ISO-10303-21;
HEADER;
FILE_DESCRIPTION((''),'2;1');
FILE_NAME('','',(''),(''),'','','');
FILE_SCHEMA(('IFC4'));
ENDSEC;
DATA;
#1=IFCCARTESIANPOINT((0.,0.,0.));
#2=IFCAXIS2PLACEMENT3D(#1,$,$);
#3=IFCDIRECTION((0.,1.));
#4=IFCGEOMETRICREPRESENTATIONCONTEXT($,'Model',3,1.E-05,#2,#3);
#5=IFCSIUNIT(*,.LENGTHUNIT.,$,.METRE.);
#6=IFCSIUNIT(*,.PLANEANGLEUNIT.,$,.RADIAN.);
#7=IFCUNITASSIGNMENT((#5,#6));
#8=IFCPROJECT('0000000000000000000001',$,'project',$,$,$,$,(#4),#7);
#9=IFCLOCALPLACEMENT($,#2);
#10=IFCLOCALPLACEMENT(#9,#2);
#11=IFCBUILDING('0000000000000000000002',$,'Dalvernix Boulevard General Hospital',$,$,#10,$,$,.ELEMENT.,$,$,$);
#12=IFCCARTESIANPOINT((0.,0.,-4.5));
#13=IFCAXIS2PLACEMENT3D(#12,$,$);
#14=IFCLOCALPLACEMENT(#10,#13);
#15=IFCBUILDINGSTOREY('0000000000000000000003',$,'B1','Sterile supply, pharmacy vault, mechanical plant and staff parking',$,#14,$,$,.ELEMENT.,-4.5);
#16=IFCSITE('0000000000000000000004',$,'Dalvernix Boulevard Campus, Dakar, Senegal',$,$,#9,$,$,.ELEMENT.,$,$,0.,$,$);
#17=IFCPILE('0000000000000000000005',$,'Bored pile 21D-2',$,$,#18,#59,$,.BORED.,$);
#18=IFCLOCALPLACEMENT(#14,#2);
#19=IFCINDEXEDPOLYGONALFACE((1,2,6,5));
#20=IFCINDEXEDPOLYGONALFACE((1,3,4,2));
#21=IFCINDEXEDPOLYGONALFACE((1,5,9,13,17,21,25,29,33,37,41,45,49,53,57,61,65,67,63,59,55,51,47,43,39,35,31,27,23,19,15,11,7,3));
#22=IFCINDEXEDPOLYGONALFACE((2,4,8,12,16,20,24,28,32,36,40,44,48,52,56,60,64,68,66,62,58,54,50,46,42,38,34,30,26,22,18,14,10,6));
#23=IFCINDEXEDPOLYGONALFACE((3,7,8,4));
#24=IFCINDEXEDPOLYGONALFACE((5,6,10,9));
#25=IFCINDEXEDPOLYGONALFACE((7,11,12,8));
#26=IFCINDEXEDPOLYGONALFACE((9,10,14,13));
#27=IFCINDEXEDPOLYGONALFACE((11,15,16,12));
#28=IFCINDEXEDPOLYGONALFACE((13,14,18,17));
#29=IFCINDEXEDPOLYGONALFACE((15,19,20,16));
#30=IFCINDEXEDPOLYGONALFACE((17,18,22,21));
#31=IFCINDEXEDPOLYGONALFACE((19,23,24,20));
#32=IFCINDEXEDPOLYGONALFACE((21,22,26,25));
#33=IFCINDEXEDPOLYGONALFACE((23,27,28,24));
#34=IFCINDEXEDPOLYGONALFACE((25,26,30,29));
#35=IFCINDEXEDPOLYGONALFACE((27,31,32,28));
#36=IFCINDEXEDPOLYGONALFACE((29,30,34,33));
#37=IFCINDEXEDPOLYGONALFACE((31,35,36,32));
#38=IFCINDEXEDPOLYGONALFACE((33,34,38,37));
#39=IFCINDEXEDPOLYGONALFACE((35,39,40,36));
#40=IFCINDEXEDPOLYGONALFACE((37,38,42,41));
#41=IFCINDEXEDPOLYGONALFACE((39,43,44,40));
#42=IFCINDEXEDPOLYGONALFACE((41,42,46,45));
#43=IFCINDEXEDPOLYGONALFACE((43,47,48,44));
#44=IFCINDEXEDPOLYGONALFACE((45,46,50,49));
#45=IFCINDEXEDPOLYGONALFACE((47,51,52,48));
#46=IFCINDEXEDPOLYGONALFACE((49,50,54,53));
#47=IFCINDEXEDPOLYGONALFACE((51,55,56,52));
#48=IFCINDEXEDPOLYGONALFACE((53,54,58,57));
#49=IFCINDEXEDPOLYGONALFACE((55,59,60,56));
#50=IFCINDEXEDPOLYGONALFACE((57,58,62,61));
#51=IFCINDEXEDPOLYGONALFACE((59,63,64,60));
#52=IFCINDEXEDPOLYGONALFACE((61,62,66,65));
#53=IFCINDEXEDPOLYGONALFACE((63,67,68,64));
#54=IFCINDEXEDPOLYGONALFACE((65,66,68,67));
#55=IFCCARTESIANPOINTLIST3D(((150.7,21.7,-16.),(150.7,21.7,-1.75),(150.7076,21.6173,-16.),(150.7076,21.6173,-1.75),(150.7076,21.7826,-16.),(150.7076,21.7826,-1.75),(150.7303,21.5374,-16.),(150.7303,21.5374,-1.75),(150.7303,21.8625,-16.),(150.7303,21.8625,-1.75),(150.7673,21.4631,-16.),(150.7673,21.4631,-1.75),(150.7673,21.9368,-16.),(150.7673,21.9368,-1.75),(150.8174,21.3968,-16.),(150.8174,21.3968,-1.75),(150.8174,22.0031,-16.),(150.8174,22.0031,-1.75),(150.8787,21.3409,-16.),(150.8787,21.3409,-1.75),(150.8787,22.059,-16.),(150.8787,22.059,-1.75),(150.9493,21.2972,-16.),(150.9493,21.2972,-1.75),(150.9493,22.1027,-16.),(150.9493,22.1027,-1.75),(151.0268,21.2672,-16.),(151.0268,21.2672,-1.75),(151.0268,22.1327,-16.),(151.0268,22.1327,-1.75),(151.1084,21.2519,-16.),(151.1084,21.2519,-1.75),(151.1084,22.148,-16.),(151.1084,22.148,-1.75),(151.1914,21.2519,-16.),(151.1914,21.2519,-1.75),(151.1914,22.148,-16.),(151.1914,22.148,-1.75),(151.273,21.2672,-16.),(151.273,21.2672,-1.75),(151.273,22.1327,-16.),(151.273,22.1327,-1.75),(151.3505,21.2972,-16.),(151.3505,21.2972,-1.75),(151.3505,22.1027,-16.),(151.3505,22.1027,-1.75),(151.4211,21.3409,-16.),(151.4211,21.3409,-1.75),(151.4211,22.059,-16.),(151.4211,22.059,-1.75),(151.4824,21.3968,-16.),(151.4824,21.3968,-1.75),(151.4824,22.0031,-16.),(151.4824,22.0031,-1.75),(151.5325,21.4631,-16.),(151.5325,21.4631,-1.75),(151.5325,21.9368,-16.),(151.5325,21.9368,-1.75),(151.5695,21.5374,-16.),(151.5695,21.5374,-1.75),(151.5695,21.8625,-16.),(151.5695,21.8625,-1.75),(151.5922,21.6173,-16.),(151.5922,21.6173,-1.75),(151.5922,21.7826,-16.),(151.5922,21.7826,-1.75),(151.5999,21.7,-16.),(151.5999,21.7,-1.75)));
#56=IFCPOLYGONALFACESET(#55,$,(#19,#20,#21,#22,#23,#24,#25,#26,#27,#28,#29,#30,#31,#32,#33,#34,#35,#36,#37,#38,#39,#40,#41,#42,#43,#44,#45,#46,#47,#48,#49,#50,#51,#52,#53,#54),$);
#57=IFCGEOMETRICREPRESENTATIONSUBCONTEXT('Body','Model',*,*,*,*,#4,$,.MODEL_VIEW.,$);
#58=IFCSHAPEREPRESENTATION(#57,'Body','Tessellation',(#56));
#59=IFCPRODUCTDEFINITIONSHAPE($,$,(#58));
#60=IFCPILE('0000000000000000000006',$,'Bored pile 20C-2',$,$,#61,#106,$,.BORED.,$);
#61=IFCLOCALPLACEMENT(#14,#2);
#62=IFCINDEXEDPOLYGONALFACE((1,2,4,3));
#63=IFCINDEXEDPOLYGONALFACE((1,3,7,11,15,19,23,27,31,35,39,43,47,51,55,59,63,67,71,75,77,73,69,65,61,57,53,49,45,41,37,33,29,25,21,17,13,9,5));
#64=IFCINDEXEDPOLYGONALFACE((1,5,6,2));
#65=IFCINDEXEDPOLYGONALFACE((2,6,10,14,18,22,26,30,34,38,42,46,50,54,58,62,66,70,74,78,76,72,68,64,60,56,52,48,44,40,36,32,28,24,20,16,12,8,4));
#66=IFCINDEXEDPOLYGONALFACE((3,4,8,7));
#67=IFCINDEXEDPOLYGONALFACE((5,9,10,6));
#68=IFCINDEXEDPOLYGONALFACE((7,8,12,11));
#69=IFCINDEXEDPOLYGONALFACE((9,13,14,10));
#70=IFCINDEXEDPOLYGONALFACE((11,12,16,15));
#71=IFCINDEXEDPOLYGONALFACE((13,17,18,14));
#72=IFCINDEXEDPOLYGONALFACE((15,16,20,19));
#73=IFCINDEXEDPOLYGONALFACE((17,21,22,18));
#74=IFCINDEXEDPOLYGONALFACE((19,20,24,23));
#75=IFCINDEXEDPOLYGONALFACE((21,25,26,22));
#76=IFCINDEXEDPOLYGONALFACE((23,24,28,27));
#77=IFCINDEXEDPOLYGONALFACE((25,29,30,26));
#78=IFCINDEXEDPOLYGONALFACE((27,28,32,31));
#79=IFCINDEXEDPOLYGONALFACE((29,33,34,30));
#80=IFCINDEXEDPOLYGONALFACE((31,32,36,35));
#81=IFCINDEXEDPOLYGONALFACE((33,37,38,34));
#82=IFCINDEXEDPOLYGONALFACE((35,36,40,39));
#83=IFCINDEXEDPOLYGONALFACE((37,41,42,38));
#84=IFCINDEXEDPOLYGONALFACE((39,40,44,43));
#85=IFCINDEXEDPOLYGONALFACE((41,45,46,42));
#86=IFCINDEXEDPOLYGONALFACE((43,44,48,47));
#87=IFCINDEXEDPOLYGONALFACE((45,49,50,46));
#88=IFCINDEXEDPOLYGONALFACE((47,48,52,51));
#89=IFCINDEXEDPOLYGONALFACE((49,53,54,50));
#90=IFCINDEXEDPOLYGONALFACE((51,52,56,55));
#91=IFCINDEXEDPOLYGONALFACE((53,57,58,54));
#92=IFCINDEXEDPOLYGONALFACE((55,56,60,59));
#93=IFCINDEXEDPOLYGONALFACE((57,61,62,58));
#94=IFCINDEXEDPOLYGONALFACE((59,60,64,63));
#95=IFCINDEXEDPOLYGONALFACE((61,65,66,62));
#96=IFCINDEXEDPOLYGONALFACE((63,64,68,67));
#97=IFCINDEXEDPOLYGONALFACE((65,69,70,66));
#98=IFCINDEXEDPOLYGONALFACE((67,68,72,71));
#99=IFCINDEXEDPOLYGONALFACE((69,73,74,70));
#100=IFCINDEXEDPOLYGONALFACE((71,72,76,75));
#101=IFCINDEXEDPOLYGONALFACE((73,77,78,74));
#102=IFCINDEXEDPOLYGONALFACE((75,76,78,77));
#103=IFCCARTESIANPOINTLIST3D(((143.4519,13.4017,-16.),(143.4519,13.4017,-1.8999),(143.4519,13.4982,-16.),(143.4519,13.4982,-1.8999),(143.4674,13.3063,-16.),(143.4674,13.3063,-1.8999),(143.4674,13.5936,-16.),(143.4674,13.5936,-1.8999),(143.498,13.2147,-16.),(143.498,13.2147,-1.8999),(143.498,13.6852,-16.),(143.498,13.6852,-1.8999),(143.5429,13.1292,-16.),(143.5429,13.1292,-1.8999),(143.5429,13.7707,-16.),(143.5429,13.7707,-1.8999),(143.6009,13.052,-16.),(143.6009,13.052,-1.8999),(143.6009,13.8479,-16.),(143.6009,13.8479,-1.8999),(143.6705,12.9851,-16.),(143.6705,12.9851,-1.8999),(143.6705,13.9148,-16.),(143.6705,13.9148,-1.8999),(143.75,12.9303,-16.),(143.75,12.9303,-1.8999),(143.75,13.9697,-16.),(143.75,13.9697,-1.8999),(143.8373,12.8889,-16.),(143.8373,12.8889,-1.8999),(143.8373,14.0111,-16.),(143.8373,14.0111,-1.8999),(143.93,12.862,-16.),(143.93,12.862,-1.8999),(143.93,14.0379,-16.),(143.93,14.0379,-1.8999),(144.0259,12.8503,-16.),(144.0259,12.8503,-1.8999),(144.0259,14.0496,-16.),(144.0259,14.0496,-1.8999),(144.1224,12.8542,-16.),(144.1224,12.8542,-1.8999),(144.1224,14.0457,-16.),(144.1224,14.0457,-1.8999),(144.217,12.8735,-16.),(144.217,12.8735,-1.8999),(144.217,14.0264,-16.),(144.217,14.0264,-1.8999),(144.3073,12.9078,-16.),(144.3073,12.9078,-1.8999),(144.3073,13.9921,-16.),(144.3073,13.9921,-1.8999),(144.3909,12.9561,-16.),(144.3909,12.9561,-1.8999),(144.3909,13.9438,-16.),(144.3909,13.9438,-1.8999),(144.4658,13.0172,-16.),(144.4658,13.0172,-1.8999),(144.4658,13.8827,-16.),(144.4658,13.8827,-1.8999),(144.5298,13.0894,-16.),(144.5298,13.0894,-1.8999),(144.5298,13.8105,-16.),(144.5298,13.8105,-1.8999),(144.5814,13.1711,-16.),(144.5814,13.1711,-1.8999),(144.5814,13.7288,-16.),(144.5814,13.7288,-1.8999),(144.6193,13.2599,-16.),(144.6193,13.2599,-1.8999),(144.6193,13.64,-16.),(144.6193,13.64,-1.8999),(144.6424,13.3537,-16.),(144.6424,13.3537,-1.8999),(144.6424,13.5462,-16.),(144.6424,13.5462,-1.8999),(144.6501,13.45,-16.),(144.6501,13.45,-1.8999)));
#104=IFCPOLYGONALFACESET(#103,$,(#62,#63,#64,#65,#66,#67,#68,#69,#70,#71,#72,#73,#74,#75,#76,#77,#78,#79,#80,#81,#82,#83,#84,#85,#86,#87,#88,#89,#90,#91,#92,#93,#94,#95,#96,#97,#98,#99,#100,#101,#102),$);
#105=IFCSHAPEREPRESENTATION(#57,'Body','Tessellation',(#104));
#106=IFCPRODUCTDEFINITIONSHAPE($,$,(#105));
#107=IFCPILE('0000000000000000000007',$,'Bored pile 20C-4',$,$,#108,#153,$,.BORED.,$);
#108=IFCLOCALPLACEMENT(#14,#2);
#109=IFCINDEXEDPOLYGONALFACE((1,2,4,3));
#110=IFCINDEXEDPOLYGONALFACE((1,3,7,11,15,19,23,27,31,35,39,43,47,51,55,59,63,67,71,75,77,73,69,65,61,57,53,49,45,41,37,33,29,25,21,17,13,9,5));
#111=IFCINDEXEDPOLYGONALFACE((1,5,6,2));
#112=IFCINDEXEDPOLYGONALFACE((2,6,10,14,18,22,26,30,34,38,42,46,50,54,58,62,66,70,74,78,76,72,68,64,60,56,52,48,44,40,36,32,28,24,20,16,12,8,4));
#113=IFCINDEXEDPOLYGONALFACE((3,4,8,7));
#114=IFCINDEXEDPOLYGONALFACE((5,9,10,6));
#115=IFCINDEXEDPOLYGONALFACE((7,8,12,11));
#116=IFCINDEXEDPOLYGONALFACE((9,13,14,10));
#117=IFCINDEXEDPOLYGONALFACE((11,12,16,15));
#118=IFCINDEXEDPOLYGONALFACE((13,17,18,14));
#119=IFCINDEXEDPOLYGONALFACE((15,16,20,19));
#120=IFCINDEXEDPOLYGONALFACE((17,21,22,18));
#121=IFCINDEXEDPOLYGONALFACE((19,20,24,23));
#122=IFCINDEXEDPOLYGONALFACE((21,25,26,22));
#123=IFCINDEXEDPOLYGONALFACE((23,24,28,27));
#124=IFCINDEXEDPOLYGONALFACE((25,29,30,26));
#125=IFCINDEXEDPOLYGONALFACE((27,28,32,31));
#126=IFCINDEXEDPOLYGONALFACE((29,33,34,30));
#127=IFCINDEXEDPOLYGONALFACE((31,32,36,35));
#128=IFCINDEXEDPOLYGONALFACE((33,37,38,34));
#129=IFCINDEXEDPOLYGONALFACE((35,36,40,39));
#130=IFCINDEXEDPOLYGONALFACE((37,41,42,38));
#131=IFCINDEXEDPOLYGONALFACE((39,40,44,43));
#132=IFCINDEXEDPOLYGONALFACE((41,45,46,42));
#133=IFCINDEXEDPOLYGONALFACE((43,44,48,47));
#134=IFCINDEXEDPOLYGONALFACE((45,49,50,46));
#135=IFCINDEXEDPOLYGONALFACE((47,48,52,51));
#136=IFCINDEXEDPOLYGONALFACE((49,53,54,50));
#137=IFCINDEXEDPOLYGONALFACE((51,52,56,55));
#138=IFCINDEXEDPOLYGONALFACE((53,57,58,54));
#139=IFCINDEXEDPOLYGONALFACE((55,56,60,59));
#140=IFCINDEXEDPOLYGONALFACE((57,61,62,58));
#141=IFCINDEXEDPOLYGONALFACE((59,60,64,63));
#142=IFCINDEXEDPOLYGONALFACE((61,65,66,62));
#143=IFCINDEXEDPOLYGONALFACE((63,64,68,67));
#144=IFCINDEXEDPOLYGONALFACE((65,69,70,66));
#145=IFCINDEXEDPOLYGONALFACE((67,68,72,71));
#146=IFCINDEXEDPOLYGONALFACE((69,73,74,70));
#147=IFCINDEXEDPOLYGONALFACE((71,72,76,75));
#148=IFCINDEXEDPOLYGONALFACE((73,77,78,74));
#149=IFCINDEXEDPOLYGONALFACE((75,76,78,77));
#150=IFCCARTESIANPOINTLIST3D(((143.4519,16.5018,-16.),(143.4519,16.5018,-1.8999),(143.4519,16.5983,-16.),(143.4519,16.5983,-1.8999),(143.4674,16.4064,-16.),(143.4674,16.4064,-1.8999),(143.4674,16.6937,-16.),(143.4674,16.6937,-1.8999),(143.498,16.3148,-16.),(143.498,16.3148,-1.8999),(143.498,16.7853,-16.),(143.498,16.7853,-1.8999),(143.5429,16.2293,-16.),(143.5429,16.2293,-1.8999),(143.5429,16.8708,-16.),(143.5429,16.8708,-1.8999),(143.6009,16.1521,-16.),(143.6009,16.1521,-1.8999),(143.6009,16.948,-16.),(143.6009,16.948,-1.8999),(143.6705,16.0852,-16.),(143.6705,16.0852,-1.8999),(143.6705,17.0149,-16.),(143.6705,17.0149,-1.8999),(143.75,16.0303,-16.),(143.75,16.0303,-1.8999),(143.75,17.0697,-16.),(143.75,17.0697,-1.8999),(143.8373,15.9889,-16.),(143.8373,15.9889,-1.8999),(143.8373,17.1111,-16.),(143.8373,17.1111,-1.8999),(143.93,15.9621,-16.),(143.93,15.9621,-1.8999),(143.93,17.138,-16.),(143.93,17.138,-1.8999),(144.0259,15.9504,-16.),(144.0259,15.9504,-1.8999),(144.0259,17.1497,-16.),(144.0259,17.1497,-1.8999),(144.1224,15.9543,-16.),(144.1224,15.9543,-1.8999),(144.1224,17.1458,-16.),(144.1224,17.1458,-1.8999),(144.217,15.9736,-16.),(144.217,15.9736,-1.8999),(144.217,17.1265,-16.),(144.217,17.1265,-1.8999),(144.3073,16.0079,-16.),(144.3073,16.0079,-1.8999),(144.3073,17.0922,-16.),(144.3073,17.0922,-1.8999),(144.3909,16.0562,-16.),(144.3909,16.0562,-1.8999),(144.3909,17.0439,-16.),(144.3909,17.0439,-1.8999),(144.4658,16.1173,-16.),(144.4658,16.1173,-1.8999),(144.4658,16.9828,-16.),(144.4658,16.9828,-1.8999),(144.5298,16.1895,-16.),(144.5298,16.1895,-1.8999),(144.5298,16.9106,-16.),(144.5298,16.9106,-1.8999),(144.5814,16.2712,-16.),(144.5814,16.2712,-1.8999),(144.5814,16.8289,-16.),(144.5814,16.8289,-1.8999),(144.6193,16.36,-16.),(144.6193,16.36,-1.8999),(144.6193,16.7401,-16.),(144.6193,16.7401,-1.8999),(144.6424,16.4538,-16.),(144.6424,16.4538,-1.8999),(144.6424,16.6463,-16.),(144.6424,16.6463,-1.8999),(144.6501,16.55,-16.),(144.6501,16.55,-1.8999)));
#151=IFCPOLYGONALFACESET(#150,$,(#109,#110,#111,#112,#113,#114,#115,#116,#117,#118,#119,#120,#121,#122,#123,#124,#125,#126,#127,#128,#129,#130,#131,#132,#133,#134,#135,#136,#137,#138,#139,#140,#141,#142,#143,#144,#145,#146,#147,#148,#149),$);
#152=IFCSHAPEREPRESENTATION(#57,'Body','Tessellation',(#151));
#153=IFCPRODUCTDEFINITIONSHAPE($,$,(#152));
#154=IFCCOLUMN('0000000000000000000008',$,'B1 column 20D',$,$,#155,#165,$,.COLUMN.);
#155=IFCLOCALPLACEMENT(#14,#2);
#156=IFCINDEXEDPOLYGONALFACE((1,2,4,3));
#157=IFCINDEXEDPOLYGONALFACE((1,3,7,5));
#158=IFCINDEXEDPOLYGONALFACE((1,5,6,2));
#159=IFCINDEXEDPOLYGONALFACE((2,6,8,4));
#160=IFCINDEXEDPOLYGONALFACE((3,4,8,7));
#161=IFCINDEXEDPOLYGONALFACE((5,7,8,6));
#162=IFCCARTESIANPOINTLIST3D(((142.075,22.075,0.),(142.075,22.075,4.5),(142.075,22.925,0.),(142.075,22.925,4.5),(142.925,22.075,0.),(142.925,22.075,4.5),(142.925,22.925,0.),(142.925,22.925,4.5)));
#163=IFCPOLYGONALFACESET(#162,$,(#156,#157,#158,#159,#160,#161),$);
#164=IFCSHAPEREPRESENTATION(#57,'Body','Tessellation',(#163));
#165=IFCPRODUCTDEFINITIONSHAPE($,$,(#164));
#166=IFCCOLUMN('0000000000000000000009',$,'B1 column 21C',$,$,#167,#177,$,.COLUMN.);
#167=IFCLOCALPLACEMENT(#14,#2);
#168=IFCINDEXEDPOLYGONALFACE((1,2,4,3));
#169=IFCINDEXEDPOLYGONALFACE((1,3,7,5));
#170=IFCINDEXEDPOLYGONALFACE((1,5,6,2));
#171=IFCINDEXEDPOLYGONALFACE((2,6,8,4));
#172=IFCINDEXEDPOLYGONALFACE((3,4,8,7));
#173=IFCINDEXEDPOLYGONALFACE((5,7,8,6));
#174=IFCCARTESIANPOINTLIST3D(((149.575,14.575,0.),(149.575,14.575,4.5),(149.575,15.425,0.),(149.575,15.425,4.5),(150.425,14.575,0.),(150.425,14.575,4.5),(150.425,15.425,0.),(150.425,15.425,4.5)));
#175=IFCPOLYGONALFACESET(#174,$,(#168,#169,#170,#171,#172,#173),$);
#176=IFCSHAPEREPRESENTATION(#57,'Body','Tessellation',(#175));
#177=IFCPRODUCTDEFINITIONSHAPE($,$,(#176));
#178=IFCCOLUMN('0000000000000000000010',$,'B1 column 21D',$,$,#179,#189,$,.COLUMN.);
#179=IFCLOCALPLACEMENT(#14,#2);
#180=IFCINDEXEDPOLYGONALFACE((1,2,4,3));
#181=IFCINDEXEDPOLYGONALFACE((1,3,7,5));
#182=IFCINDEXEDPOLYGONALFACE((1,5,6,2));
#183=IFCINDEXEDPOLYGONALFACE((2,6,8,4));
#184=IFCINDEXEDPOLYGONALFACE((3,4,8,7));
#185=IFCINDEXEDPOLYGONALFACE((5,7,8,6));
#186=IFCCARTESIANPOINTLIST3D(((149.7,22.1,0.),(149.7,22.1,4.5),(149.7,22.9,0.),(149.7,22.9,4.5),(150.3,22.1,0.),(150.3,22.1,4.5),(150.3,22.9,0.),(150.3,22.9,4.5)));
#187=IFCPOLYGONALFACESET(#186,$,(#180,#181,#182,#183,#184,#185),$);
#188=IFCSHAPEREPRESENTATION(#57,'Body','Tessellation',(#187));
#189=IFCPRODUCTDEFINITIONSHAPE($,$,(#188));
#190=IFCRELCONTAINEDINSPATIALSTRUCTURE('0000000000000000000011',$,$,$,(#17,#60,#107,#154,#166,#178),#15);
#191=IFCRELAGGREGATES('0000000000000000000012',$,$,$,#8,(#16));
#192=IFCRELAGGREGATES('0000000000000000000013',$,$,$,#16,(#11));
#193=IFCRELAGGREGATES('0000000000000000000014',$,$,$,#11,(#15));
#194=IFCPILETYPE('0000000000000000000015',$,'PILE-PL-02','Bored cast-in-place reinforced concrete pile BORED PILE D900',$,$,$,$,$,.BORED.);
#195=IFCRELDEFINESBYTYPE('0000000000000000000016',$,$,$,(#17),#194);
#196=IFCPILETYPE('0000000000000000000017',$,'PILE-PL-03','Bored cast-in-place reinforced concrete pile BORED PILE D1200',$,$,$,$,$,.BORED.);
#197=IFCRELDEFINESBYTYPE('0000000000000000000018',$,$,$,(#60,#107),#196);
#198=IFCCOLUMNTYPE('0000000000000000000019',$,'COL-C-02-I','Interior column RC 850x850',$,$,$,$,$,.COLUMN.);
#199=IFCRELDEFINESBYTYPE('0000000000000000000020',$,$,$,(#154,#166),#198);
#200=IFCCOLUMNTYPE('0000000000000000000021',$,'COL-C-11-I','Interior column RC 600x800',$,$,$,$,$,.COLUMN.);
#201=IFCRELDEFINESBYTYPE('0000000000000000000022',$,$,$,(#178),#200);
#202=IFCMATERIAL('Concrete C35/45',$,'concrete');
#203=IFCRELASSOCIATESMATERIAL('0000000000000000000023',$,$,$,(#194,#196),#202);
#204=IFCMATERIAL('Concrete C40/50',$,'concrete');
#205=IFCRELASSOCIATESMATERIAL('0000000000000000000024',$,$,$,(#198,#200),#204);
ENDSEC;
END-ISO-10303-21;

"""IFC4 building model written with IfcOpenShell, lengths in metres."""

from ifc_helpers import new_model, si_unit, direction, frame, origin, origin_2d, place, context, subcontext, project, spatial, rectangle, circle, extrude, material, material_profile, profile_set, type_object, element, save


model = new_model("IFC4")

# Units and contexts
model_context = context("Model", 3, precision=1e-05, world=origin(), true_north=direction((0.0, 1.0)))
body_context = subcontext(model_context, "Body", "Model", "MODEL_VIEW")
ifc_project = project(units=[si_unit("LENGTHUNIT", "METRE"), si_unit("PLANEANGLEUNIT", "RADIAN")], contexts=[model_context])

# Site, building, storey
site_placement = place(None, origin())
site = spatial("IfcSite", under=ifc_project, at=site_placement, Name="Dalvernix Boulevard Campus, Dakar, Senegal", CompositionType="ELEMENT", RefElevation=0.0)
building_placement = place(site_placement, origin())
building = spatial("IfcBuilding", under=site, at=building_placement, Name="Dalvernix Boulevard General Hospital", CompositionType="ELEMENT")
storey_placement = place(building_placement, frame((0.0, 0.0, -4.5)))
storey = spatial("IfcBuildingStorey", under=building, at=storey_placement, Name="B1", Description="Sterile supply, pharmacy vault, mechanical plant and staff parking", CompositionType="ELEMENT", Elevation=-4.5)

# Shared definitions
ifc_material_1 = material(Name="Concrete C35/45", Category="concrete")
ifc_material_2 = material(Name="Concrete C40/50", Category="concrete")

# Piles
ifc_material_profile_1 = material_profile(ifc_material_1, circle(Radius=0.45, at=origin_2d()), Name="BORED PILE D900")
ifc_profile_set_1 = profile_set([ifc_material_profile_1], Name="Concrete C35/45")
pile_type_1 = type_object("IfcPileType", Name="PILE-PL-02", Description="Bored cast-in-place reinforced concrete pile BORED PILE D900", PredefinedType="BORED", material=ifc_profile_set_1)
for number, where, z_axis, x_axis, name in (
    (1, (151.1499, 21.7, -1.75), (0.0, 0.0, -1.0), (1.0, 0.0, 0.0), "Bored pile 21D-2"),
):
    element("IfcPile", number, at=place(storey_placement, frame(where, z_axis=z_axis, x_axis=x_axis)), inside=storey, type_object=pile_type_1, Name=name, PredefinedType="BORED", context=body_context, shape_type="SweptSolid", body=[
        extrude(circle(Radius=0.45, at=origin_2d()), origin(), (0.0, 0.0, 1.0), 14.25),
    ])
ifc_material_profile_2 = material_profile(ifc_material_1, circle(Radius=0.6001, at=origin_2d()), Name="BORED PILE D1200")
ifc_profile_set_2 = profile_set([ifc_material_profile_2], Name="Concrete C35/45")
pile_type_2 = type_object("IfcPileType", Name="PILE-PL-03", Description="Bored cast-in-place reinforced concrete pile BORED PILE D1200", PredefinedType="BORED", material=ifc_profile_set_2)
for number, where, z_axis, x_axis, name in (
    (2, (144.05, 13.45, -1.8999), (0.0, 0.0, -1.0), (1.0, 0.0, 0.0), "Bored pile 20C-2"),
    (3, (144.05, 16.55, -1.8999), (0.0, 0.0, -1.0), (1.0, 0.0, 0.0), "Bored pile 20C-4"),
):
    element("IfcPile", number, at=place(storey_placement, frame(where, z_axis=z_axis, x_axis=x_axis)), inside=storey, type_object=pile_type_2, Name=name, PredefinedType="BORED", context=body_context, shape_type="SweptSolid", body=[
        extrude(circle(Radius=0.6001, at=origin_2d()), origin(), (0.0, 0.0, 1.0), 14.1001),
    ])

# Columns
ifc_material_profile_3 = material_profile(ifc_material_2, rectangle(XDim=0.8501, YDim=0.8501, at=origin_2d()), Name="RC 850x850")
ifc_profile_set_3 = profile_set([ifc_material_profile_3], Name="Concrete C40/50")
column_type_1 = type_object("IfcColumnType", Name="COL-C-02-I", Description="Interior column RC 850x850", PredefinedType="COLUMN", material=ifc_profile_set_3)
for number, where, z_axis, x_axis, name in (
    (4, (142.5, 22.5, 0.0), (0.0, 0.0, 1.0), (1.0, 0.0, 0.0), "B1 column 20D"),
    (5, (150.0, 15.0, 0.0), (0.0, 0.0, 1.0), (1.0, 0.0, 0.0), "B1 column 21C"),
):
    element("IfcColumn", number, at=place(storey_placement, frame(where, z_axis=z_axis, x_axis=x_axis)), inside=storey, type_object=column_type_1, Name=name, PredefinedType="COLUMN", context=body_context, shape_type="SweptSolid", body=[
        extrude(rectangle(XDim=0.8501, YDim=0.8501, at=origin_2d()), origin(), (0.0, 0.0, 1.0), 4.5),
    ])
ifc_material_profile_4 = material_profile(ifc_material_2, rectangle(XDim=0.6001, YDim=0.8, at=origin_2d()), Name="RC 600x800")
ifc_profile_set_4 = profile_set([ifc_material_profile_4], Name="Concrete C40/50")
column_type_2 = type_object("IfcColumnType", Name="COL-C-11-I", Description="Interior column RC 600x800", PredefinedType="COLUMN", material=ifc_profile_set_4)
column_placement = place(storey_placement, frame((150.0, 22.5, 0.0), z_axis=(0.0, 0.0, 1.0), x_axis=(1.0, 0.0, 0.0)))
element("IfcColumn", 6, at=column_placement, inside=storey, type_object=column_type_2, Name="B1 column 21D", PredefinedType="COLUMN", context=body_context, shape_type="SweptSolid", body=[
    extrude(rectangle(XDim=0.6001, YDim=0.8, at=origin_2d()), origin(), (0.0, 0.0, 1.0), 4.5),
])

save(model, "model.ifc")
